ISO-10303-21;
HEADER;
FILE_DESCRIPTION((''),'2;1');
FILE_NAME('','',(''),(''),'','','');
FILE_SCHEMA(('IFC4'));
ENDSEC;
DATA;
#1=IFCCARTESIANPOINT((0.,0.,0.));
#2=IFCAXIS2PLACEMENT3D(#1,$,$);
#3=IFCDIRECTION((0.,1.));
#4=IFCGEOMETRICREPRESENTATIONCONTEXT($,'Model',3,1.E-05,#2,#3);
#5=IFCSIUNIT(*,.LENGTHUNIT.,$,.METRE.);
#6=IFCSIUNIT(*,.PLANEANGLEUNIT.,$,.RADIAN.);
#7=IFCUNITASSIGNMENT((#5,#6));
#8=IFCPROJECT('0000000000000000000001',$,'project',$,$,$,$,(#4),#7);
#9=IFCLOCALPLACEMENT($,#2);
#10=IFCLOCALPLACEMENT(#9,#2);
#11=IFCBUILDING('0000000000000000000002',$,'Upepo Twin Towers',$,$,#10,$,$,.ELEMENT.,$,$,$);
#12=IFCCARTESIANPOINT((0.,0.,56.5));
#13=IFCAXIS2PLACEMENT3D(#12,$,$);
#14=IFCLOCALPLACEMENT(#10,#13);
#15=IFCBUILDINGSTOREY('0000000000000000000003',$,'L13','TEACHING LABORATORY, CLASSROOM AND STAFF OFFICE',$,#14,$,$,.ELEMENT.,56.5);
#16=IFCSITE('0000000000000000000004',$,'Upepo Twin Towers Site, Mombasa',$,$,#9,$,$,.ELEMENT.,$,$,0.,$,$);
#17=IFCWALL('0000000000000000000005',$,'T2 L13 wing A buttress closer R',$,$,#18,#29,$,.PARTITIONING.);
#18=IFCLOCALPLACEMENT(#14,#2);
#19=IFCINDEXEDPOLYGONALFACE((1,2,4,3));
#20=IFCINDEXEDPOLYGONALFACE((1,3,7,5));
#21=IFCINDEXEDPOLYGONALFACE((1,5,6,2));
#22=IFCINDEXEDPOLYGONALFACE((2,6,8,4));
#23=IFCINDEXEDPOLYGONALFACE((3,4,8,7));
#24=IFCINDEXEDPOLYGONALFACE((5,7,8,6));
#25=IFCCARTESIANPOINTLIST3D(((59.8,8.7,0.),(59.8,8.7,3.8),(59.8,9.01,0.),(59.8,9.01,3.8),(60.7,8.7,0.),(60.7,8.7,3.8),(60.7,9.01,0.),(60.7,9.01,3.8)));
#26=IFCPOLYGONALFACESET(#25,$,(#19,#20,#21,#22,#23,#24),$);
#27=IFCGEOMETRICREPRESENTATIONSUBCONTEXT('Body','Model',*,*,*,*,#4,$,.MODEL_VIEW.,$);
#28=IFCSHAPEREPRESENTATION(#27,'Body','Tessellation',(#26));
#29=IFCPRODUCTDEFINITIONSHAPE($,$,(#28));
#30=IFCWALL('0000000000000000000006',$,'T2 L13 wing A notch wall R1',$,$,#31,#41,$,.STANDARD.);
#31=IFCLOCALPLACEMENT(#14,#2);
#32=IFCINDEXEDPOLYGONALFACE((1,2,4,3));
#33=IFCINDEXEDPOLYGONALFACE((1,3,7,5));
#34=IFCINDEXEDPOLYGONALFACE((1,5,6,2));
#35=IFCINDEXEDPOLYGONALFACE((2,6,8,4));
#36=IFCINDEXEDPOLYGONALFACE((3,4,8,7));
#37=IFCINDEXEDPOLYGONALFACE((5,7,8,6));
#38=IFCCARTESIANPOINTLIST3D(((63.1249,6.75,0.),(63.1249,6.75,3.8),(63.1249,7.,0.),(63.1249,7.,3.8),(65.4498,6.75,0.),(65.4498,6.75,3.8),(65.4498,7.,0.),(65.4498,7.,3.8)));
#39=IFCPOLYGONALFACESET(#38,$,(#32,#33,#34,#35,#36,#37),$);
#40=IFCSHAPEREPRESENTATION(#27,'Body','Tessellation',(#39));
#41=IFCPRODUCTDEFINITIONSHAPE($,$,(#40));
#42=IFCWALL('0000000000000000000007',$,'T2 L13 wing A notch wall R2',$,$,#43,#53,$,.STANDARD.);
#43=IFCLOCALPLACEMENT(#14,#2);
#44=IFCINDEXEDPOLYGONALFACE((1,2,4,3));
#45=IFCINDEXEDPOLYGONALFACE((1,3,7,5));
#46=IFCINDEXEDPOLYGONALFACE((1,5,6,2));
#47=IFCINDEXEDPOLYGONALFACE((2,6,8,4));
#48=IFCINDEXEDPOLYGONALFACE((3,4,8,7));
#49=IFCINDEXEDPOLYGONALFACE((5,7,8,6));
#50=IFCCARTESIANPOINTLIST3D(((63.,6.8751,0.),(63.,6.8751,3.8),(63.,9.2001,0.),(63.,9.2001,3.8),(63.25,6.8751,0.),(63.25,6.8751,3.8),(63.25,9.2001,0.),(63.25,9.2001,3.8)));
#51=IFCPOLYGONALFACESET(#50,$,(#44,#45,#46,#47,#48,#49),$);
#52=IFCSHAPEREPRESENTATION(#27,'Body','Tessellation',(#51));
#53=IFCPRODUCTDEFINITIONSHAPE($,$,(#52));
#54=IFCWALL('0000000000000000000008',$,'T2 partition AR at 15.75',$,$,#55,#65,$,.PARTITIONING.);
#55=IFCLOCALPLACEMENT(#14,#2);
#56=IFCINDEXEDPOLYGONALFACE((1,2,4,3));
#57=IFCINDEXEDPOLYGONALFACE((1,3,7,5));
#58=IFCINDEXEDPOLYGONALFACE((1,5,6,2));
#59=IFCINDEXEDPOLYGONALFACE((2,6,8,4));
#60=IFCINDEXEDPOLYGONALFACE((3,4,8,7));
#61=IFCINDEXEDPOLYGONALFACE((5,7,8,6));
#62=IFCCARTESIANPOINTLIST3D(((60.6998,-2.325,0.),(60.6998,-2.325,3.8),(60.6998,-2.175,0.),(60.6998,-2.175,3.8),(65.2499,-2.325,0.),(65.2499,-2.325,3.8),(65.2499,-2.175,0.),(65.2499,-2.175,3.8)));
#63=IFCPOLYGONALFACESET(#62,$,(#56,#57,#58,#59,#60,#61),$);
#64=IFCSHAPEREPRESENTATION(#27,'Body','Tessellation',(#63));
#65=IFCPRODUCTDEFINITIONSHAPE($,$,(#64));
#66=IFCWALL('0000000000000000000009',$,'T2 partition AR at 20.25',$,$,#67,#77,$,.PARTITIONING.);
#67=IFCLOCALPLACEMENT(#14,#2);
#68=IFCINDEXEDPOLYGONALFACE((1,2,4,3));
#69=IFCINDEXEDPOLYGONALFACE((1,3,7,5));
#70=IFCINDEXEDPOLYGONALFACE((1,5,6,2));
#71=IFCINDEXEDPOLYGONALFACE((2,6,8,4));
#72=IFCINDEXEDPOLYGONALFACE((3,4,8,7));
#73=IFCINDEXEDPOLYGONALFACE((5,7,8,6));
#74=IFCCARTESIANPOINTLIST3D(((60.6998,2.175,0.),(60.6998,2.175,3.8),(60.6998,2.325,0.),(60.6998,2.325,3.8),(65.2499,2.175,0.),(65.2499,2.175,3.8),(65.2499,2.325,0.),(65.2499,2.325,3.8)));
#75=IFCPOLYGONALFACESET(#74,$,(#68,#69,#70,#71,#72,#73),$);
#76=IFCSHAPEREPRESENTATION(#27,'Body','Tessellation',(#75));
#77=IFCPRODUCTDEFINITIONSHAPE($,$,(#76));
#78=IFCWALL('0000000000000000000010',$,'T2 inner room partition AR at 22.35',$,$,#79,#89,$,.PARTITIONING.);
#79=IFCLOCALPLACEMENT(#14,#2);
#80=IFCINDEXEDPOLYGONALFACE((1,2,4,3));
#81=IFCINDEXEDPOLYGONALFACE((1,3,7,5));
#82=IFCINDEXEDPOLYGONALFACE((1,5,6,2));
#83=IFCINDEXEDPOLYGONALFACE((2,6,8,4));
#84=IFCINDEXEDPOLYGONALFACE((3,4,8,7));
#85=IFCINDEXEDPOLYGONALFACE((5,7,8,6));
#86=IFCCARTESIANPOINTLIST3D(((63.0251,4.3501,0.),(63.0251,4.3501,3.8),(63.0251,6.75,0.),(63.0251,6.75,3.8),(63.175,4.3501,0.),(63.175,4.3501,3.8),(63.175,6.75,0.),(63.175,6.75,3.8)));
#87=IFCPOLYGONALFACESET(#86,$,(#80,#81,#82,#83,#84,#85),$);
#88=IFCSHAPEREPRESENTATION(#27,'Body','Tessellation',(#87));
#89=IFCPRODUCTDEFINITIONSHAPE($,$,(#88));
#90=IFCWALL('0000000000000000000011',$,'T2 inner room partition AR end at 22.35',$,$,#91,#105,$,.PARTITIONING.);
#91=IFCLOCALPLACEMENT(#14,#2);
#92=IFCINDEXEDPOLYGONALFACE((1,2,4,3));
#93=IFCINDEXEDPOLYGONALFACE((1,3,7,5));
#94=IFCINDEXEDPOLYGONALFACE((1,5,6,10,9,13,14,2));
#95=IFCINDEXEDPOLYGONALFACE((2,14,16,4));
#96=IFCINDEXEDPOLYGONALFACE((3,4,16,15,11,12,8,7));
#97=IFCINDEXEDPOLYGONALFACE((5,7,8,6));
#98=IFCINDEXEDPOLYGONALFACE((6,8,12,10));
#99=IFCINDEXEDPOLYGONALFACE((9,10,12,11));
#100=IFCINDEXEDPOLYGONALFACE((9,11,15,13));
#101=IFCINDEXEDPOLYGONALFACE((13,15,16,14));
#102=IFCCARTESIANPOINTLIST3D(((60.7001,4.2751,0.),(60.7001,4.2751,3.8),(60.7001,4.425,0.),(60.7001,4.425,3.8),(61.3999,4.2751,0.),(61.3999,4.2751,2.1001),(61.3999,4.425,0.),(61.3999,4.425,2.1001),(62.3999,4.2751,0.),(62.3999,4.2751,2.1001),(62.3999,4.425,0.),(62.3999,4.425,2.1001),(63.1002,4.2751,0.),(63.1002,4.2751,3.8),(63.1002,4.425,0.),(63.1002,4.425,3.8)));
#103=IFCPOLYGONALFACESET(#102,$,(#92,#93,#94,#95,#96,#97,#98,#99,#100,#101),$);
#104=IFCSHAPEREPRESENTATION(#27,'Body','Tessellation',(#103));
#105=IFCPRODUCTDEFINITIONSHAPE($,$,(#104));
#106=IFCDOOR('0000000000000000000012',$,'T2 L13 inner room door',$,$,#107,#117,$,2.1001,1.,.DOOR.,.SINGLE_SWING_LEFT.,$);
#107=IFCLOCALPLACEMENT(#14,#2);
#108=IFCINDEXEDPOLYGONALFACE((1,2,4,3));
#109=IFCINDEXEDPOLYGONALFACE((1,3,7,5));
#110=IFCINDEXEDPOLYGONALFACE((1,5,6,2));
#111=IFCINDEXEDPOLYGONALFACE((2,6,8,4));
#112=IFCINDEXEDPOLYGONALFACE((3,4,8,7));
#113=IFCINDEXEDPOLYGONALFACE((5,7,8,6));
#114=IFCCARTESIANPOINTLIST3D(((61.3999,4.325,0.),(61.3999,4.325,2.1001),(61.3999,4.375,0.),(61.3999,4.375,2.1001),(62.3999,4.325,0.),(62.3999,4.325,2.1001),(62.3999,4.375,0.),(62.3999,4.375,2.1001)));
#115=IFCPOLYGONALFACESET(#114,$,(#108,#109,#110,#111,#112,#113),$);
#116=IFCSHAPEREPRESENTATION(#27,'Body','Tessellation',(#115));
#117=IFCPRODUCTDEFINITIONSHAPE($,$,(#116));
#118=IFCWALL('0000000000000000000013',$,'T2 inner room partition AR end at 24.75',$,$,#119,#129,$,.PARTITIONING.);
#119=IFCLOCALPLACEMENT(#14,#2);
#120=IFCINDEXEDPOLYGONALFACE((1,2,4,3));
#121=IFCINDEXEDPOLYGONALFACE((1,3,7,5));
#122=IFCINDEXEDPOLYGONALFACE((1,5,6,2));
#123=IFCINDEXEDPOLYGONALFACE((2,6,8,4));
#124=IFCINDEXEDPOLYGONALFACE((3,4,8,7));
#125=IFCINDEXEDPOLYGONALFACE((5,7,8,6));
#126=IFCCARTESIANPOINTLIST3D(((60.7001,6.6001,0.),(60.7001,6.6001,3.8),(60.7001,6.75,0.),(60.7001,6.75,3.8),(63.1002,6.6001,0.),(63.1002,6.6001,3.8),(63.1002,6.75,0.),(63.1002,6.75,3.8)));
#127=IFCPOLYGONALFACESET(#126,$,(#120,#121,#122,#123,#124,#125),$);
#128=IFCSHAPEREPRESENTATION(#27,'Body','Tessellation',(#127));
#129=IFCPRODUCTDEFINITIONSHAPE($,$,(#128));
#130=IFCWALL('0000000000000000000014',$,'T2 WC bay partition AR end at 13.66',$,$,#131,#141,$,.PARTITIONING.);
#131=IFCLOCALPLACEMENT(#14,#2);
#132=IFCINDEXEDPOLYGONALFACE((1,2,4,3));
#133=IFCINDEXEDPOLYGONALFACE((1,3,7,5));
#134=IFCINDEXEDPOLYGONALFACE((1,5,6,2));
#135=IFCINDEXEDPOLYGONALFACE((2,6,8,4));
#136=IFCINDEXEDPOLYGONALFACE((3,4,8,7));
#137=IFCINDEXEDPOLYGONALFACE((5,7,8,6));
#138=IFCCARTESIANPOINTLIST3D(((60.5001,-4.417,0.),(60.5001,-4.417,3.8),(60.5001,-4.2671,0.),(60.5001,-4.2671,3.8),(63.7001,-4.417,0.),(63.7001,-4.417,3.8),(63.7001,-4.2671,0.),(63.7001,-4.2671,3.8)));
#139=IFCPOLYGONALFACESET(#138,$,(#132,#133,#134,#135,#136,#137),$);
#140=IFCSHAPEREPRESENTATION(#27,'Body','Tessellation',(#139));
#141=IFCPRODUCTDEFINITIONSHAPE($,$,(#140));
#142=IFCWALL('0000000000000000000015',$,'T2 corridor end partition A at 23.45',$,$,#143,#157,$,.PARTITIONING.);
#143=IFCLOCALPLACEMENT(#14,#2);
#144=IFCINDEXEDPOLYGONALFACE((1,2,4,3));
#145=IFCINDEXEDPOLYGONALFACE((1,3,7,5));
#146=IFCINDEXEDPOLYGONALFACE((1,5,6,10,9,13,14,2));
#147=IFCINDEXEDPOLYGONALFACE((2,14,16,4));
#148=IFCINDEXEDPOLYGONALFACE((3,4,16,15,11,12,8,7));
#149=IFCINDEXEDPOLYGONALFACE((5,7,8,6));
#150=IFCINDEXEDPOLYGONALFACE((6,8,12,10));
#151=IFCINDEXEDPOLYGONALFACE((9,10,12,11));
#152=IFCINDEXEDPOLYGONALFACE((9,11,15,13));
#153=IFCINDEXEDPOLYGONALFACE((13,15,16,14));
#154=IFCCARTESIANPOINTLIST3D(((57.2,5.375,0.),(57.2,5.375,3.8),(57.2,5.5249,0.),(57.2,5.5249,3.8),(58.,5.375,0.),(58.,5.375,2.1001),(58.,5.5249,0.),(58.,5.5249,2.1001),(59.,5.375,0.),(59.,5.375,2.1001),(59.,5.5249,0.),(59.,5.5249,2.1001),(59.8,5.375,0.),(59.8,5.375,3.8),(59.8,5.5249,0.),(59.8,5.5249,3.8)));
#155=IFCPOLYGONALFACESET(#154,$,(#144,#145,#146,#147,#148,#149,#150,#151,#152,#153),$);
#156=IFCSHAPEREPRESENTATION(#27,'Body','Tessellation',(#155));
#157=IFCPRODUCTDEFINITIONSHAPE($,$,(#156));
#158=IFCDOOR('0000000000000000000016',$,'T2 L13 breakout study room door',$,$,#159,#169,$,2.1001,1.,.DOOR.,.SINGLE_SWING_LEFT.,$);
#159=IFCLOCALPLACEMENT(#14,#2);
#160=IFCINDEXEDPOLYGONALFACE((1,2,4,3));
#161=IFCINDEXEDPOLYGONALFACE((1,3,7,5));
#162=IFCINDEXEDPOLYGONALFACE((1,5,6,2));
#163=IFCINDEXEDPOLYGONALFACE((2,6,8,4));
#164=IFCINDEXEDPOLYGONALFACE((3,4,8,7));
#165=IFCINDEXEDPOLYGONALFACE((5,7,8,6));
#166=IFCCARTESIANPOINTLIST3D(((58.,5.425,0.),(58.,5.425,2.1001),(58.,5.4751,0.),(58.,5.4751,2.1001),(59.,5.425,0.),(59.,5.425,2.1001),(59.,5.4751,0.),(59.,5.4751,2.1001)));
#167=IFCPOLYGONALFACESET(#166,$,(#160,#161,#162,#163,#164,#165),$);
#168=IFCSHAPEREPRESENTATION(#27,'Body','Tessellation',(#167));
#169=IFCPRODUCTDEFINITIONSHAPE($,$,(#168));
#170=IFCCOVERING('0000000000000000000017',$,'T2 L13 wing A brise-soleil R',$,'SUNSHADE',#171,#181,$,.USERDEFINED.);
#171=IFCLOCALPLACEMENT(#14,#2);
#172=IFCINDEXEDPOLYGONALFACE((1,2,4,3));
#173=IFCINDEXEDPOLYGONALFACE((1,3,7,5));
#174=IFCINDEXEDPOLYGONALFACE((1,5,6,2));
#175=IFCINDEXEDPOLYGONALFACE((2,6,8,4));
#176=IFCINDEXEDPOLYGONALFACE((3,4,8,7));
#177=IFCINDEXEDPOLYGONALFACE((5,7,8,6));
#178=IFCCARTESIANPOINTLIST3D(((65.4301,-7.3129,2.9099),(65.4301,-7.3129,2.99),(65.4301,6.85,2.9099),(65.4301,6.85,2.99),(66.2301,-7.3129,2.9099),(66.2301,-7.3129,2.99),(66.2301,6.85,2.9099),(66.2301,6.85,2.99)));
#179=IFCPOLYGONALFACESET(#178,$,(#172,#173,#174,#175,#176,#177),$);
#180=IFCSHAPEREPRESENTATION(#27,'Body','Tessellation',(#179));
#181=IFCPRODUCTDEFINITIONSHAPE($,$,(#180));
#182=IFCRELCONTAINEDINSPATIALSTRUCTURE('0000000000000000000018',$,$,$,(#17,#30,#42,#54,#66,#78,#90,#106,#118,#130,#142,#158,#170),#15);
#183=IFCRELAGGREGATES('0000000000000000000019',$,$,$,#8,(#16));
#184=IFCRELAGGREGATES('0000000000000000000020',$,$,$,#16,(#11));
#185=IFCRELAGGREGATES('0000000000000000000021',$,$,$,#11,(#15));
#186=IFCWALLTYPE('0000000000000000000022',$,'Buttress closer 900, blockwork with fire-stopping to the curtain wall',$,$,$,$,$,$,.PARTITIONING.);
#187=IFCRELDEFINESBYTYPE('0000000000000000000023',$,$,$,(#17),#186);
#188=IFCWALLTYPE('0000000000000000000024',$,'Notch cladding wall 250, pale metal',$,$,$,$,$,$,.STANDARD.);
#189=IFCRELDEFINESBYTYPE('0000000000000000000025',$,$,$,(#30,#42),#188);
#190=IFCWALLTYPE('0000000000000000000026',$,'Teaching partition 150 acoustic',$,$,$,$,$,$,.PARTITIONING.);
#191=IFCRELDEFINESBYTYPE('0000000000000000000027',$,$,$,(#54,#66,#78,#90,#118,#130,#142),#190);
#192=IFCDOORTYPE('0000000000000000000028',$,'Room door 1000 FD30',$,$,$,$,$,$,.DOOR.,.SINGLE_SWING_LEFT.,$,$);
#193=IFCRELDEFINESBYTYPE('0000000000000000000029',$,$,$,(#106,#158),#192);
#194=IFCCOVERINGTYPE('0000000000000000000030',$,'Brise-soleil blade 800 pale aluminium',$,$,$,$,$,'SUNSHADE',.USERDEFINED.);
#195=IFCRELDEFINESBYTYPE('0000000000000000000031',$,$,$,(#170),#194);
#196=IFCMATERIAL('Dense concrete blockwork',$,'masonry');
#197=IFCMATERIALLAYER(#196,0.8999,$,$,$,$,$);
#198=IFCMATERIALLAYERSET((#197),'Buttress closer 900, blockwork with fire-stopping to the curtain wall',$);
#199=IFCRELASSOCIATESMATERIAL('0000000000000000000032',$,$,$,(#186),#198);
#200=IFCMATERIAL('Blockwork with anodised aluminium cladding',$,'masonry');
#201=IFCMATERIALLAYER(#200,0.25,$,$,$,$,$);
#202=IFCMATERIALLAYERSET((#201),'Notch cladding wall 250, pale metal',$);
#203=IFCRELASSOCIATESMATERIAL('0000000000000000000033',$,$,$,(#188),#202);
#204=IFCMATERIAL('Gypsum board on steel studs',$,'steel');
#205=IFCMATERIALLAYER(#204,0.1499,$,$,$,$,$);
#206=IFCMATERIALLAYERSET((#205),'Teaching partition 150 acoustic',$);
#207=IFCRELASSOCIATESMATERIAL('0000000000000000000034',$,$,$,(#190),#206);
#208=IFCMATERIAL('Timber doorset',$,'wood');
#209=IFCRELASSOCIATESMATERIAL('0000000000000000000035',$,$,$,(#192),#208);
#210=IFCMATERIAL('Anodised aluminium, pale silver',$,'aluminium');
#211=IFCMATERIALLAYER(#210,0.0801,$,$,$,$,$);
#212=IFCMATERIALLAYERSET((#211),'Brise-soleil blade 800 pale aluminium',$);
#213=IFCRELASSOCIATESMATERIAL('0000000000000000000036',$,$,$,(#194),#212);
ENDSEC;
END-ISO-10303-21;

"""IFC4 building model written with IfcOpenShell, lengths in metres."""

from ifc_helpers import new_model, si_unit, direction, frame, frame_2d, origin, origin_2d, place, context, subcontext, project, spatial, rectangle, extrude, material, layer, layer_set, type_object, element, fill, save


model = new_model("IFC4")

# Units and contexts
model_context = context("Model", 3, precision=1e-05, world=origin(), true_north=direction((0.0, 1.0)))
body_context = subcontext(model_context, "Body", "Model", "MODEL_VIEW")
ifc_project = project(units=[si_unit("LENGTHUNIT", "METRE"), si_unit("PLANEANGLEUNIT", "RADIAN")], contexts=[model_context])

# Site, building, storey
site_placement = place(None, origin())
site = spatial("IfcSite", under=ifc_project, at=site_placement, Name="Upepo Twin Towers Site, Mombasa", CompositionType="ELEMENT", RefElevation=0.0)
building_placement = place(site_placement, origin())
building = spatial("IfcBuilding", under=site, at=building_placement, Name="Upepo Twin Towers", CompositionType="ELEMENT")
storey_placement = place(building_placement, frame((0.0, 0.0, 56.5)))
storey = spatial("IfcBuildingStorey", under=building, at=storey_placement, Name="L13", Description="TEACHING LABORATORY, CLASSROOM AND STAFF OFFICE", CompositionType="ELEMENT", Elevation=56.5)

# Walls
ifc_material_1 = material(Name="Dense concrete blockwork", Category="masonry")
ifc_layer_1 = layer(ifc_material_1, 0.8999)
ifc_layer_set_1 = layer_set([ifc_layer_1], Name="Buttress closer 900, blockwork with fire-stopping to the curtain wall")
wall_type_1 = type_object("IfcWallType", Name="Buttress closer 900, blockwork with fire-stopping to the curtain wall", PredefinedType="PARTITIONING", material=ifc_layer_set_1)
wall_1_placement = place(storey_placement, frame((60.25, 8.7, 0.0), z_axis=(0.0, 0.0, 1.0), x_axis=(0.0, 1.0, 0.0)))
element("IfcWall", 1, at=wall_1_placement, inside=storey, type_object=wall_type_1, Name="T2 L13 wing A buttress closer R", PredefinedType="PARTITIONING", context=body_context, shape_type="SweptSolid", body=[
    extrude(rectangle(XDim=0.3101, YDim=0.8999, at=frame_2d((0.155, 0.0))), origin(), (0.0, 0.0, 1.0), 3.8),
])
ifc_material_2 = material(Name="Blockwork with anodised aluminium cladding", Category="masonry")
ifc_layer_2 = layer(ifc_material_2, 0.25)
ifc_layer_set_2 = layer_set([ifc_layer_2], Name="Notch cladding wall 250, pale metal")
wall_type_2 = type_object("IfcWallType", Name="Notch cladding wall 250, pale metal", PredefinedType="STANDARD", material=ifc_layer_set_2)
for number, where, z_axis, x_axis, name in (
    (2, (65.45, 6.875, 0.0), (0.0, 0.0, 1.0), (-1.0, 0.0, 0.0), "T2 L13 wing A notch wall R1"),
    (3, (63.125, 6.875, 0.0), (0.0, 0.0, 1.0), (0.0, 1.0, 0.0), "T2 L13 wing A notch wall R2"),
):
    element("IfcWall", number, at=place(storey_placement, frame(where, z_axis=z_axis, x_axis=x_axis)), inside=storey, type_object=wall_type_2, Name=name, PredefinedType="STANDARD", context=body_context, shape_type="SweptSolid", body=[
        extrude(rectangle(XDim=2.325, YDim=0.25, at=frame_2d((1.1626, 0.0))), origin(), (0.0, 0.0, 1.0), 3.8),
    ])
ifc_material_3 = material(Name="Gypsum board on steel studs", Category="steel")
ifc_layer_3 = layer(ifc_material_3, 0.1499)
ifc_layer_set_3 = layer_set([ifc_layer_3], Name="Teaching partition 150 acoustic")
wall_type_3 = type_object("IfcWallType", Name="Teaching partition 150 acoustic", PredefinedType="PARTITIONING", material=ifc_layer_set_3)
for number, where, z_axis, x_axis, name in (
    (4, (60.7, -2.25, 0.0), (0.0, 0.0, 1.0), (1.0, 0.0, 0.0), "T2 partition AR at 15.75"),
    (5, (60.7, 2.25, 0.0), (0.0, 0.0, 1.0), (1.0, 0.0, 0.0), "T2 partition AR at 20.25"),
):
    element("IfcWall", number, at=place(storey_placement, frame(where, z_axis=z_axis, x_axis=x_axis)), inside=storey, type_object=wall_type_3, Name=name, PredefinedType="PARTITIONING", context=body_context, shape_type="SweptSolid", body=[
        extrude(rectangle(XDim=4.55, YDim=0.1499, at=frame_2d((2.2749, 0.0))), origin(), (0.0, 0.0, 1.0), 3.8),
    ])
wall_2_placement = place(storey_placement, frame((63.1001, 4.3501, 0.0), z_axis=(0.0, 0.0, 1.0), x_axis=(0.0, 1.0, 0.0)))
element("IfcWall", 6, at=wall_2_placement, inside=storey, type_object=wall_type_3, Name="T2 inner room partition AR at 22.35", PredefinedType="PARTITIONING", context=body_context, shape_type="SweptSolid", body=[
    extrude(rectangle(XDim=2.3999, YDim=0.1499, at=frame_2d((1.2, 0.0))), origin(), (0.0, 0.0, 1.0), 3.8),
])

# Wall, opening, door
wall_3_placement = place(storey_placement, frame((60.7, 4.3501, 0.0), z_axis=(0.0, 0.0, 1.0), x_axis=(1.0, 0.0, 0.0)))
wall_3 = element("IfcWall", 7, at=wall_3_placement, inside=storey, type_object=wall_type_3, Name="T2 inner room partition AR end at 22.35", PredefinedType="PARTITIONING", context=body_context, shape_type="SweptSolid", body=[
    extrude(rectangle(XDim=2.4001, YDim=0.1499, at=frame_2d((1.2002, 0.0))), origin(), (0.0, 0.0, 1.0), 3.8),
])
opening_1_placement = place(wall_3_placement, frame((0.7, 0.0, 0.0)))
opening_1 = element("IfcOpeningElement", 8, at=opening_1_placement, cuts=wall_3, PredefinedType="OPENING", context=body_context, shape_type="SweptSolid", body=[
    extrude(rectangle(XDim=1.0, YDim=2.1001, at=frame_2d((0.5, 1.05))), frame((0.0, 0.085, 0.0), z_axis=(0.0, -1.0, 0.0), x_axis=(1.0, 0.0, 0.0)), (0.0, 0.0, 1.0), 0.1699),
])
ifc_material_4 = material(Name="Timber doorset", Category="wood")
door_type = type_object("IfcDoorType", Name="Room door 1000 FD30", OperationType="SINGLE_SWING_LEFT", PredefinedType="DOOR", material=ifc_material_4)
door_1_placement = place(opening_1_placement, origin())
door_1 = element("IfcDoor", 9, at=door_1_placement, inside=storey, type_object=door_type, Name="T2 L13 inner room door", OperationType="SINGLE_SWING_LEFT", OverallHeight=2.1001, OverallWidth=1.0, PredefinedType="DOOR", context=body_context, shape_type="SweptSolid", body=[
    extrude(rectangle(XDim=1.0, YDim=2.1001, at=frame_2d((0.5, 1.05))), frame((0.0, 0.0249, 0.0), z_axis=(0.0, -1.0, 0.0), x_axis=(1.0, 0.0, 0.0)), (0.0, 0.0, 1.0), 0.05),
])
fill(opening_1, door_1)

# Walls
wall_4_placement = place(storey_placement, frame((60.7, 6.675, 0.0), z_axis=(0.0, 0.0, 1.0), x_axis=(1.0, 0.0, 0.0)))
element("IfcWall", 10, at=wall_4_placement, inside=storey, type_object=wall_type_3, Name="T2 inner room partition AR end at 24.75", PredefinedType="PARTITIONING", context=body_context, shape_type="SweptSolid", body=[
    extrude(rectangle(XDim=2.4001, YDim=0.1499, at=frame_2d((1.2002, 0.0))), origin(), (0.0, 0.0, 1.0), 3.8),
])
wall_5_placement = place(storey_placement, frame((60.5, -4.342, 0.0), z_axis=(0.0, 0.0, 1.0), x_axis=(1.0, 0.0, 0.0)))
element("IfcWall", 11, at=wall_5_placement, inside=storey, type_object=wall_type_3, Name="T2 WC bay partition AR end at 13.66", PredefinedType="PARTITIONING", context=body_context, shape_type="SweptSolid", body=[
    extrude(rectangle(XDim=3.2, YDim=0.1499, at=frame_2d((1.6001, 0.0))), origin(), (0.0, 0.0, 1.0), 3.8),
])

# Wall, opening, door
wall_6_placement = place(storey_placement, frame((59.8, 5.45, 0.0), z_axis=(0.0, 0.0, 1.0), x_axis=(-1.0, 0.0, 0.0)))
wall_6 = element("IfcWall", 12, at=wall_6_placement, inside=storey, type_object=wall_type_3, Name="T2 corridor end partition A at 23.45", PredefinedType="PARTITIONING", context=body_context, shape_type="SweptSolid", body=[
    extrude(rectangle(XDim=2.6001, YDim=0.1499, at=frame_2d((1.3, 0.0))), origin(), (0.0, 0.0, 1.0), 3.8),
])
opening_2_placement = place(wall_6_placement, frame((0.8, 0.0, 0.0)))
opening_2 = element("IfcOpeningElement", 13, at=opening_2_placement, cuts=wall_6, PredefinedType="OPENING", context=body_context, shape_type="SweptSolid", body=[
    extrude(rectangle(XDim=1.0, YDim=2.1001, at=frame_2d((0.5, 1.05))), frame((0.0, 0.085, 0.0), z_axis=(0.0, -1.0, 0.0), x_axis=(1.0, 0.0, 0.0)), (0.0, 0.0, 1.0), 0.1699),
])
door_2_placement = place(opening_2_placement, origin())
door_2 = element("IfcDoor", 14, at=door_2_placement, inside=storey, type_object=door_type, Name="T2 L13 breakout study room door", OperationType="SINGLE_SWING_LEFT", OverallHeight=2.1001, OverallWidth=1.0, PredefinedType="DOOR", context=body_context, shape_type="SweptSolid", body=[
    extrude(rectangle(XDim=1.0, YDim=2.1001, at=frame_2d((0.5, 1.05))), frame((0.0, 0.0249, 0.0), z_axis=(0.0, -1.0, 0.0), x_axis=(1.0, 0.0, 0.0)), (0.0, 0.0, 1.0), 0.05),
])
fill(opening_2, door_2)

# Covering
ifc_material_5 = material(Name="Anodised aluminium, pale silver", Category="aluminium")
ifc_layer_4 = layer(ifc_material_5, 0.0801)
ifc_layer_set_4 = layer_set([ifc_layer_4], Name="Brise-soleil blade 800 pale aluminium")
covering_type = type_object("IfcCoveringType", Name="Brise-soleil blade 800 pale aluminium", ElementType="SUNSHADE", PredefinedType="USERDEFINED", material=ifc_layer_set_4)
covering_placement = place(storey_placement, frame((65.8301, -0.2314, 2.9099), z_axis=(0.0, 0.0, 1.0), x_axis=(0.0, 1.0, 0.0)))
element("IfcCovering", 15, at=covering_placement, inside=storey, type_object=covering_type, Name="T2 L13 wing A brise-soleil R", ObjectType="SUNSHADE", PredefinedType="USERDEFINED", context=body_context, shape_type="SweptSolid", body=[
    extrude(rectangle(XDim=14.1628, YDim=0.8, at=origin_2d()), origin(), (0.0, 0.0, 1.0), 0.0801),
])

save(model, "model.ifc")
